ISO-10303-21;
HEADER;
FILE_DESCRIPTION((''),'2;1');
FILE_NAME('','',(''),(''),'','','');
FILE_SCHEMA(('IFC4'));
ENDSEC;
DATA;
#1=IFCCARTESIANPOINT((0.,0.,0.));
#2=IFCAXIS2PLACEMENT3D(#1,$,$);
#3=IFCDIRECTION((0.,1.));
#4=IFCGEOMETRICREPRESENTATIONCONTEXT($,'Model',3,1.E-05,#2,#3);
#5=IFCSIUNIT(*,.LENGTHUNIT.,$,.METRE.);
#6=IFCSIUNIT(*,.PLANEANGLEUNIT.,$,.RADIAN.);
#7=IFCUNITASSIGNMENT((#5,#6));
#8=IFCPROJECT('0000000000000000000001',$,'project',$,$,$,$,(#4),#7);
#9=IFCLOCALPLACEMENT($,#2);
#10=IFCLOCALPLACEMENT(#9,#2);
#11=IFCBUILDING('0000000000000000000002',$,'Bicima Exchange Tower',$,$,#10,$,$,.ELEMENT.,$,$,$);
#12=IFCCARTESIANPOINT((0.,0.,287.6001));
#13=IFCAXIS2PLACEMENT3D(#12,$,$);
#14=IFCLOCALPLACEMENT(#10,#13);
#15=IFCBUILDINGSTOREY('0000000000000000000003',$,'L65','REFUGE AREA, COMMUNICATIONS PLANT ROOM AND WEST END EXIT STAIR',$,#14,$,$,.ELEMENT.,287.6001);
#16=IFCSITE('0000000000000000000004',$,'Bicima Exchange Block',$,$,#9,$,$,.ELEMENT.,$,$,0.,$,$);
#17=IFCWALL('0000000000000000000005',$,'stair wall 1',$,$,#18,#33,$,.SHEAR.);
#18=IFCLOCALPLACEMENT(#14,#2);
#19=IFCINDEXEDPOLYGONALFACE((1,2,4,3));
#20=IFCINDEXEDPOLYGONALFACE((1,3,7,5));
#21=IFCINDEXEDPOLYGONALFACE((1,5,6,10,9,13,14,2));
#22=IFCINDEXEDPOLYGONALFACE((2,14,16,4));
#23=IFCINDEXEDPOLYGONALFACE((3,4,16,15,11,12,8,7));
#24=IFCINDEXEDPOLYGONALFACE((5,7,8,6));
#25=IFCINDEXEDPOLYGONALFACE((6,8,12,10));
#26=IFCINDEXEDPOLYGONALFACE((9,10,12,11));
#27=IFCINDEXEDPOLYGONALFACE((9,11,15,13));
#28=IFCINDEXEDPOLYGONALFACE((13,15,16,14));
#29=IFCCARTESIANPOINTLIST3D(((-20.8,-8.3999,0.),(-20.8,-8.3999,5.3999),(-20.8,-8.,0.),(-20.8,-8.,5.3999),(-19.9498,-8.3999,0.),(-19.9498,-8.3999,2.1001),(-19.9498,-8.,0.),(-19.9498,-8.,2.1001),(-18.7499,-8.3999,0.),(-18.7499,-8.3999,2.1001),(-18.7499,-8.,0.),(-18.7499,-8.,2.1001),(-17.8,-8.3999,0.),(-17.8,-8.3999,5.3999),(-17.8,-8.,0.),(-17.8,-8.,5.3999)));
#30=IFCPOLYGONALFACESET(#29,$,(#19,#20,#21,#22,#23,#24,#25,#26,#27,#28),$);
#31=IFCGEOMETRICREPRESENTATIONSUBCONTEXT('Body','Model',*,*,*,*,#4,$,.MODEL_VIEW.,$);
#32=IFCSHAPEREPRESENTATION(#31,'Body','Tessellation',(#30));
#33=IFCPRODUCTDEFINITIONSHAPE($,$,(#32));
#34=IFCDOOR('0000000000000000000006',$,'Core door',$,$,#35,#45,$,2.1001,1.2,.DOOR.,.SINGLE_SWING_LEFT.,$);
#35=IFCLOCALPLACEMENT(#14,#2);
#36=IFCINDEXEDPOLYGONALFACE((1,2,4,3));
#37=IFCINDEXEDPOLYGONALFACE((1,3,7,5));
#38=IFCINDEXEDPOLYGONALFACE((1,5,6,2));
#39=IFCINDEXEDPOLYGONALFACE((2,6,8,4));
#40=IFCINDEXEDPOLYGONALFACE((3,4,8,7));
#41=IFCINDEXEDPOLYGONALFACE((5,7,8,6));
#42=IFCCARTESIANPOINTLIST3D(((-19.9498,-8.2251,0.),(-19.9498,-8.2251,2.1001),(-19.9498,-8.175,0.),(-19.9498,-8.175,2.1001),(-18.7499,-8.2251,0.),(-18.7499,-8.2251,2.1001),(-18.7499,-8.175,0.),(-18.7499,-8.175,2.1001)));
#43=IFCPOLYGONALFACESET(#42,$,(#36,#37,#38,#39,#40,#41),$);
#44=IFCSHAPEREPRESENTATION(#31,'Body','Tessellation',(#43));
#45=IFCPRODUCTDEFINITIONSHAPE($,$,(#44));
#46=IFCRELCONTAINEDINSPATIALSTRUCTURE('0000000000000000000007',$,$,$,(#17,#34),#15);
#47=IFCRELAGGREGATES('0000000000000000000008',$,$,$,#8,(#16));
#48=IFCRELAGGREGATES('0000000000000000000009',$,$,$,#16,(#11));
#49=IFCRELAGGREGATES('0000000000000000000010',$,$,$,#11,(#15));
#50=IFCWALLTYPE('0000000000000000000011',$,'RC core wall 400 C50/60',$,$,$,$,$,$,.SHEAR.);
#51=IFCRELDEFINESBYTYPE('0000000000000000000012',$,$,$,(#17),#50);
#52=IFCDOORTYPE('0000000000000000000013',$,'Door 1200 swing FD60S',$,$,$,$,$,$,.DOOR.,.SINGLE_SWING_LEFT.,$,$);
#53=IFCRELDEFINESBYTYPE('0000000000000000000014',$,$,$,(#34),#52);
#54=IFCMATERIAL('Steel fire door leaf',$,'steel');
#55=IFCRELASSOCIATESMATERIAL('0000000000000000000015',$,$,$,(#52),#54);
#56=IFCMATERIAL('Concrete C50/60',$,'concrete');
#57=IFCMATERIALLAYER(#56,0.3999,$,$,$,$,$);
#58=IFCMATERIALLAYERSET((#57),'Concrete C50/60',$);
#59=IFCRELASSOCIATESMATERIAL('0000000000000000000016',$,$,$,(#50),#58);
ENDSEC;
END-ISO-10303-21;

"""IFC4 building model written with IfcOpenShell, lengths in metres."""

from ifc_helpers import new_model, si_unit, direction, frame, frame_2d, origin, place, context, subcontext, project, spatial, rectangle, extrude, material, layer, layer_set, type_object, element, fill, save


model = new_model("IFC4")

# Units and contexts
model_context = context("Model", 3, precision=1e-05, world=origin(), true_north=direction((0.0, 1.0)))
body_context = subcontext(model_context, "Body", "Model", "MODEL_VIEW")
ifc_project = project(units=[si_unit("LENGTHUNIT", "METRE"), si_unit("PLANEANGLEUNIT", "RADIAN")], contexts=[model_context])

# Site, building, storey
site_placement = place(None, origin())
site = spatial("IfcSite", under=ifc_project, at=site_placement, Name="Bicima Exchange Block", CompositionType="ELEMENT", RefElevation=0.0)
building_placement = place(site_placement, origin())
building = spatial("IfcBuilding", under=site, at=building_placement, Name="Bicima Exchange Tower", CompositionType="ELEMENT")
storey_placement = place(building_placement, frame((0.0, 0.0, 287.6001)))
storey = spatial("IfcBuildingStorey", under=building, at=storey_placement, Name="L65", Description="REFUGE AREA, COMMUNICATIONS PLANT ROOM AND WEST END EXIT STAIR", CompositionType="ELEMENT", Elevation=287.6001)

# Shared definitions
ifc_material_1 = material(Name="Steel fire door leaf", Category="steel")

# Shared definitions
door_type_1 = type_object("IfcDoorType", Name="Door 1200 swing FD60S", OperationType="SINGLE_SWING_LEFT", PredefinedType="DOOR", material=ifc_material_1)

# Wall, opening, door
ifc_material_2 = material(Name="Concrete C50/60", Category="concrete")
ifc_layer_1 = layer(ifc_material_2, 0.3999)
ifc_layer_set_1 = layer_set([ifc_layer_1], Name="Concrete C50/60")
wall_type_1 = type_object("IfcWallType", Name="RC core wall 400 C50/60", PredefinedType="SHEAR", material=ifc_layer_set_1)
wall_1_placement = place(storey_placement, frame((-20.8, -8.2, 0.0), z_axis=(0.0, 0.0, 1.0), x_axis=(1.0, 0.0, 0.0)))
wall_1 = element("IfcWall", 1, at=wall_1_placement, inside=storey, type_object=wall_type_1, Name="stair wall 1", PredefinedType="SHEAR", context=body_context, shape_type="SweptSolid", body=[
    extrude(rectangle(XDim=3.0, YDim=0.3999, at=frame_2d((1.5, 0.0))), origin(), (0.0, 0.0, 1.0), 5.3999),
])
opening_1_placement = place(wall_1_placement, frame((0.8501, 0.0, 0.0)))
opening_1 = element("IfcOpeningElement", 2, at=opening_1_placement, cuts=wall_1, PredefinedType="OPENING", context=body_context, shape_type="SweptSolid", body=[
    extrude(rectangle(XDim=1.2, YDim=2.1001, at=frame_2d((0.6001, 1.05))), frame((0.0, 0.2119, 0.0), z_axis=(0.0, -1.0, 0.0), x_axis=(1.0, 0.0, 0.0)), (0.0, 0.0, 1.0), 0.4238),
])
door_1_placement = place(opening_1_placement, origin())
door_1 = element("IfcDoor", 3, at=door_1_placement, inside=storey, type_object=door_type_1, Name="Core door", OperationType="SINGLE_SWING_LEFT", OverallHeight=2.1001, OverallWidth=1.2, PredefinedType="DOOR", context=body_context, shape_type="SweptSolid", body=[
    extrude(rectangle(XDim=1.2, YDim=2.1001, at=frame_2d((0.6001, 1.05))), frame((0.0, 0.0249, 0.0), z_axis=(0.0, -1.0, 0.0), x_axis=(1.0, 0.0, 0.0)), (0.0, 0.0, 1.0), 0.05),
])
fill(opening_1, door_1)

save(model, "model.ifc")
